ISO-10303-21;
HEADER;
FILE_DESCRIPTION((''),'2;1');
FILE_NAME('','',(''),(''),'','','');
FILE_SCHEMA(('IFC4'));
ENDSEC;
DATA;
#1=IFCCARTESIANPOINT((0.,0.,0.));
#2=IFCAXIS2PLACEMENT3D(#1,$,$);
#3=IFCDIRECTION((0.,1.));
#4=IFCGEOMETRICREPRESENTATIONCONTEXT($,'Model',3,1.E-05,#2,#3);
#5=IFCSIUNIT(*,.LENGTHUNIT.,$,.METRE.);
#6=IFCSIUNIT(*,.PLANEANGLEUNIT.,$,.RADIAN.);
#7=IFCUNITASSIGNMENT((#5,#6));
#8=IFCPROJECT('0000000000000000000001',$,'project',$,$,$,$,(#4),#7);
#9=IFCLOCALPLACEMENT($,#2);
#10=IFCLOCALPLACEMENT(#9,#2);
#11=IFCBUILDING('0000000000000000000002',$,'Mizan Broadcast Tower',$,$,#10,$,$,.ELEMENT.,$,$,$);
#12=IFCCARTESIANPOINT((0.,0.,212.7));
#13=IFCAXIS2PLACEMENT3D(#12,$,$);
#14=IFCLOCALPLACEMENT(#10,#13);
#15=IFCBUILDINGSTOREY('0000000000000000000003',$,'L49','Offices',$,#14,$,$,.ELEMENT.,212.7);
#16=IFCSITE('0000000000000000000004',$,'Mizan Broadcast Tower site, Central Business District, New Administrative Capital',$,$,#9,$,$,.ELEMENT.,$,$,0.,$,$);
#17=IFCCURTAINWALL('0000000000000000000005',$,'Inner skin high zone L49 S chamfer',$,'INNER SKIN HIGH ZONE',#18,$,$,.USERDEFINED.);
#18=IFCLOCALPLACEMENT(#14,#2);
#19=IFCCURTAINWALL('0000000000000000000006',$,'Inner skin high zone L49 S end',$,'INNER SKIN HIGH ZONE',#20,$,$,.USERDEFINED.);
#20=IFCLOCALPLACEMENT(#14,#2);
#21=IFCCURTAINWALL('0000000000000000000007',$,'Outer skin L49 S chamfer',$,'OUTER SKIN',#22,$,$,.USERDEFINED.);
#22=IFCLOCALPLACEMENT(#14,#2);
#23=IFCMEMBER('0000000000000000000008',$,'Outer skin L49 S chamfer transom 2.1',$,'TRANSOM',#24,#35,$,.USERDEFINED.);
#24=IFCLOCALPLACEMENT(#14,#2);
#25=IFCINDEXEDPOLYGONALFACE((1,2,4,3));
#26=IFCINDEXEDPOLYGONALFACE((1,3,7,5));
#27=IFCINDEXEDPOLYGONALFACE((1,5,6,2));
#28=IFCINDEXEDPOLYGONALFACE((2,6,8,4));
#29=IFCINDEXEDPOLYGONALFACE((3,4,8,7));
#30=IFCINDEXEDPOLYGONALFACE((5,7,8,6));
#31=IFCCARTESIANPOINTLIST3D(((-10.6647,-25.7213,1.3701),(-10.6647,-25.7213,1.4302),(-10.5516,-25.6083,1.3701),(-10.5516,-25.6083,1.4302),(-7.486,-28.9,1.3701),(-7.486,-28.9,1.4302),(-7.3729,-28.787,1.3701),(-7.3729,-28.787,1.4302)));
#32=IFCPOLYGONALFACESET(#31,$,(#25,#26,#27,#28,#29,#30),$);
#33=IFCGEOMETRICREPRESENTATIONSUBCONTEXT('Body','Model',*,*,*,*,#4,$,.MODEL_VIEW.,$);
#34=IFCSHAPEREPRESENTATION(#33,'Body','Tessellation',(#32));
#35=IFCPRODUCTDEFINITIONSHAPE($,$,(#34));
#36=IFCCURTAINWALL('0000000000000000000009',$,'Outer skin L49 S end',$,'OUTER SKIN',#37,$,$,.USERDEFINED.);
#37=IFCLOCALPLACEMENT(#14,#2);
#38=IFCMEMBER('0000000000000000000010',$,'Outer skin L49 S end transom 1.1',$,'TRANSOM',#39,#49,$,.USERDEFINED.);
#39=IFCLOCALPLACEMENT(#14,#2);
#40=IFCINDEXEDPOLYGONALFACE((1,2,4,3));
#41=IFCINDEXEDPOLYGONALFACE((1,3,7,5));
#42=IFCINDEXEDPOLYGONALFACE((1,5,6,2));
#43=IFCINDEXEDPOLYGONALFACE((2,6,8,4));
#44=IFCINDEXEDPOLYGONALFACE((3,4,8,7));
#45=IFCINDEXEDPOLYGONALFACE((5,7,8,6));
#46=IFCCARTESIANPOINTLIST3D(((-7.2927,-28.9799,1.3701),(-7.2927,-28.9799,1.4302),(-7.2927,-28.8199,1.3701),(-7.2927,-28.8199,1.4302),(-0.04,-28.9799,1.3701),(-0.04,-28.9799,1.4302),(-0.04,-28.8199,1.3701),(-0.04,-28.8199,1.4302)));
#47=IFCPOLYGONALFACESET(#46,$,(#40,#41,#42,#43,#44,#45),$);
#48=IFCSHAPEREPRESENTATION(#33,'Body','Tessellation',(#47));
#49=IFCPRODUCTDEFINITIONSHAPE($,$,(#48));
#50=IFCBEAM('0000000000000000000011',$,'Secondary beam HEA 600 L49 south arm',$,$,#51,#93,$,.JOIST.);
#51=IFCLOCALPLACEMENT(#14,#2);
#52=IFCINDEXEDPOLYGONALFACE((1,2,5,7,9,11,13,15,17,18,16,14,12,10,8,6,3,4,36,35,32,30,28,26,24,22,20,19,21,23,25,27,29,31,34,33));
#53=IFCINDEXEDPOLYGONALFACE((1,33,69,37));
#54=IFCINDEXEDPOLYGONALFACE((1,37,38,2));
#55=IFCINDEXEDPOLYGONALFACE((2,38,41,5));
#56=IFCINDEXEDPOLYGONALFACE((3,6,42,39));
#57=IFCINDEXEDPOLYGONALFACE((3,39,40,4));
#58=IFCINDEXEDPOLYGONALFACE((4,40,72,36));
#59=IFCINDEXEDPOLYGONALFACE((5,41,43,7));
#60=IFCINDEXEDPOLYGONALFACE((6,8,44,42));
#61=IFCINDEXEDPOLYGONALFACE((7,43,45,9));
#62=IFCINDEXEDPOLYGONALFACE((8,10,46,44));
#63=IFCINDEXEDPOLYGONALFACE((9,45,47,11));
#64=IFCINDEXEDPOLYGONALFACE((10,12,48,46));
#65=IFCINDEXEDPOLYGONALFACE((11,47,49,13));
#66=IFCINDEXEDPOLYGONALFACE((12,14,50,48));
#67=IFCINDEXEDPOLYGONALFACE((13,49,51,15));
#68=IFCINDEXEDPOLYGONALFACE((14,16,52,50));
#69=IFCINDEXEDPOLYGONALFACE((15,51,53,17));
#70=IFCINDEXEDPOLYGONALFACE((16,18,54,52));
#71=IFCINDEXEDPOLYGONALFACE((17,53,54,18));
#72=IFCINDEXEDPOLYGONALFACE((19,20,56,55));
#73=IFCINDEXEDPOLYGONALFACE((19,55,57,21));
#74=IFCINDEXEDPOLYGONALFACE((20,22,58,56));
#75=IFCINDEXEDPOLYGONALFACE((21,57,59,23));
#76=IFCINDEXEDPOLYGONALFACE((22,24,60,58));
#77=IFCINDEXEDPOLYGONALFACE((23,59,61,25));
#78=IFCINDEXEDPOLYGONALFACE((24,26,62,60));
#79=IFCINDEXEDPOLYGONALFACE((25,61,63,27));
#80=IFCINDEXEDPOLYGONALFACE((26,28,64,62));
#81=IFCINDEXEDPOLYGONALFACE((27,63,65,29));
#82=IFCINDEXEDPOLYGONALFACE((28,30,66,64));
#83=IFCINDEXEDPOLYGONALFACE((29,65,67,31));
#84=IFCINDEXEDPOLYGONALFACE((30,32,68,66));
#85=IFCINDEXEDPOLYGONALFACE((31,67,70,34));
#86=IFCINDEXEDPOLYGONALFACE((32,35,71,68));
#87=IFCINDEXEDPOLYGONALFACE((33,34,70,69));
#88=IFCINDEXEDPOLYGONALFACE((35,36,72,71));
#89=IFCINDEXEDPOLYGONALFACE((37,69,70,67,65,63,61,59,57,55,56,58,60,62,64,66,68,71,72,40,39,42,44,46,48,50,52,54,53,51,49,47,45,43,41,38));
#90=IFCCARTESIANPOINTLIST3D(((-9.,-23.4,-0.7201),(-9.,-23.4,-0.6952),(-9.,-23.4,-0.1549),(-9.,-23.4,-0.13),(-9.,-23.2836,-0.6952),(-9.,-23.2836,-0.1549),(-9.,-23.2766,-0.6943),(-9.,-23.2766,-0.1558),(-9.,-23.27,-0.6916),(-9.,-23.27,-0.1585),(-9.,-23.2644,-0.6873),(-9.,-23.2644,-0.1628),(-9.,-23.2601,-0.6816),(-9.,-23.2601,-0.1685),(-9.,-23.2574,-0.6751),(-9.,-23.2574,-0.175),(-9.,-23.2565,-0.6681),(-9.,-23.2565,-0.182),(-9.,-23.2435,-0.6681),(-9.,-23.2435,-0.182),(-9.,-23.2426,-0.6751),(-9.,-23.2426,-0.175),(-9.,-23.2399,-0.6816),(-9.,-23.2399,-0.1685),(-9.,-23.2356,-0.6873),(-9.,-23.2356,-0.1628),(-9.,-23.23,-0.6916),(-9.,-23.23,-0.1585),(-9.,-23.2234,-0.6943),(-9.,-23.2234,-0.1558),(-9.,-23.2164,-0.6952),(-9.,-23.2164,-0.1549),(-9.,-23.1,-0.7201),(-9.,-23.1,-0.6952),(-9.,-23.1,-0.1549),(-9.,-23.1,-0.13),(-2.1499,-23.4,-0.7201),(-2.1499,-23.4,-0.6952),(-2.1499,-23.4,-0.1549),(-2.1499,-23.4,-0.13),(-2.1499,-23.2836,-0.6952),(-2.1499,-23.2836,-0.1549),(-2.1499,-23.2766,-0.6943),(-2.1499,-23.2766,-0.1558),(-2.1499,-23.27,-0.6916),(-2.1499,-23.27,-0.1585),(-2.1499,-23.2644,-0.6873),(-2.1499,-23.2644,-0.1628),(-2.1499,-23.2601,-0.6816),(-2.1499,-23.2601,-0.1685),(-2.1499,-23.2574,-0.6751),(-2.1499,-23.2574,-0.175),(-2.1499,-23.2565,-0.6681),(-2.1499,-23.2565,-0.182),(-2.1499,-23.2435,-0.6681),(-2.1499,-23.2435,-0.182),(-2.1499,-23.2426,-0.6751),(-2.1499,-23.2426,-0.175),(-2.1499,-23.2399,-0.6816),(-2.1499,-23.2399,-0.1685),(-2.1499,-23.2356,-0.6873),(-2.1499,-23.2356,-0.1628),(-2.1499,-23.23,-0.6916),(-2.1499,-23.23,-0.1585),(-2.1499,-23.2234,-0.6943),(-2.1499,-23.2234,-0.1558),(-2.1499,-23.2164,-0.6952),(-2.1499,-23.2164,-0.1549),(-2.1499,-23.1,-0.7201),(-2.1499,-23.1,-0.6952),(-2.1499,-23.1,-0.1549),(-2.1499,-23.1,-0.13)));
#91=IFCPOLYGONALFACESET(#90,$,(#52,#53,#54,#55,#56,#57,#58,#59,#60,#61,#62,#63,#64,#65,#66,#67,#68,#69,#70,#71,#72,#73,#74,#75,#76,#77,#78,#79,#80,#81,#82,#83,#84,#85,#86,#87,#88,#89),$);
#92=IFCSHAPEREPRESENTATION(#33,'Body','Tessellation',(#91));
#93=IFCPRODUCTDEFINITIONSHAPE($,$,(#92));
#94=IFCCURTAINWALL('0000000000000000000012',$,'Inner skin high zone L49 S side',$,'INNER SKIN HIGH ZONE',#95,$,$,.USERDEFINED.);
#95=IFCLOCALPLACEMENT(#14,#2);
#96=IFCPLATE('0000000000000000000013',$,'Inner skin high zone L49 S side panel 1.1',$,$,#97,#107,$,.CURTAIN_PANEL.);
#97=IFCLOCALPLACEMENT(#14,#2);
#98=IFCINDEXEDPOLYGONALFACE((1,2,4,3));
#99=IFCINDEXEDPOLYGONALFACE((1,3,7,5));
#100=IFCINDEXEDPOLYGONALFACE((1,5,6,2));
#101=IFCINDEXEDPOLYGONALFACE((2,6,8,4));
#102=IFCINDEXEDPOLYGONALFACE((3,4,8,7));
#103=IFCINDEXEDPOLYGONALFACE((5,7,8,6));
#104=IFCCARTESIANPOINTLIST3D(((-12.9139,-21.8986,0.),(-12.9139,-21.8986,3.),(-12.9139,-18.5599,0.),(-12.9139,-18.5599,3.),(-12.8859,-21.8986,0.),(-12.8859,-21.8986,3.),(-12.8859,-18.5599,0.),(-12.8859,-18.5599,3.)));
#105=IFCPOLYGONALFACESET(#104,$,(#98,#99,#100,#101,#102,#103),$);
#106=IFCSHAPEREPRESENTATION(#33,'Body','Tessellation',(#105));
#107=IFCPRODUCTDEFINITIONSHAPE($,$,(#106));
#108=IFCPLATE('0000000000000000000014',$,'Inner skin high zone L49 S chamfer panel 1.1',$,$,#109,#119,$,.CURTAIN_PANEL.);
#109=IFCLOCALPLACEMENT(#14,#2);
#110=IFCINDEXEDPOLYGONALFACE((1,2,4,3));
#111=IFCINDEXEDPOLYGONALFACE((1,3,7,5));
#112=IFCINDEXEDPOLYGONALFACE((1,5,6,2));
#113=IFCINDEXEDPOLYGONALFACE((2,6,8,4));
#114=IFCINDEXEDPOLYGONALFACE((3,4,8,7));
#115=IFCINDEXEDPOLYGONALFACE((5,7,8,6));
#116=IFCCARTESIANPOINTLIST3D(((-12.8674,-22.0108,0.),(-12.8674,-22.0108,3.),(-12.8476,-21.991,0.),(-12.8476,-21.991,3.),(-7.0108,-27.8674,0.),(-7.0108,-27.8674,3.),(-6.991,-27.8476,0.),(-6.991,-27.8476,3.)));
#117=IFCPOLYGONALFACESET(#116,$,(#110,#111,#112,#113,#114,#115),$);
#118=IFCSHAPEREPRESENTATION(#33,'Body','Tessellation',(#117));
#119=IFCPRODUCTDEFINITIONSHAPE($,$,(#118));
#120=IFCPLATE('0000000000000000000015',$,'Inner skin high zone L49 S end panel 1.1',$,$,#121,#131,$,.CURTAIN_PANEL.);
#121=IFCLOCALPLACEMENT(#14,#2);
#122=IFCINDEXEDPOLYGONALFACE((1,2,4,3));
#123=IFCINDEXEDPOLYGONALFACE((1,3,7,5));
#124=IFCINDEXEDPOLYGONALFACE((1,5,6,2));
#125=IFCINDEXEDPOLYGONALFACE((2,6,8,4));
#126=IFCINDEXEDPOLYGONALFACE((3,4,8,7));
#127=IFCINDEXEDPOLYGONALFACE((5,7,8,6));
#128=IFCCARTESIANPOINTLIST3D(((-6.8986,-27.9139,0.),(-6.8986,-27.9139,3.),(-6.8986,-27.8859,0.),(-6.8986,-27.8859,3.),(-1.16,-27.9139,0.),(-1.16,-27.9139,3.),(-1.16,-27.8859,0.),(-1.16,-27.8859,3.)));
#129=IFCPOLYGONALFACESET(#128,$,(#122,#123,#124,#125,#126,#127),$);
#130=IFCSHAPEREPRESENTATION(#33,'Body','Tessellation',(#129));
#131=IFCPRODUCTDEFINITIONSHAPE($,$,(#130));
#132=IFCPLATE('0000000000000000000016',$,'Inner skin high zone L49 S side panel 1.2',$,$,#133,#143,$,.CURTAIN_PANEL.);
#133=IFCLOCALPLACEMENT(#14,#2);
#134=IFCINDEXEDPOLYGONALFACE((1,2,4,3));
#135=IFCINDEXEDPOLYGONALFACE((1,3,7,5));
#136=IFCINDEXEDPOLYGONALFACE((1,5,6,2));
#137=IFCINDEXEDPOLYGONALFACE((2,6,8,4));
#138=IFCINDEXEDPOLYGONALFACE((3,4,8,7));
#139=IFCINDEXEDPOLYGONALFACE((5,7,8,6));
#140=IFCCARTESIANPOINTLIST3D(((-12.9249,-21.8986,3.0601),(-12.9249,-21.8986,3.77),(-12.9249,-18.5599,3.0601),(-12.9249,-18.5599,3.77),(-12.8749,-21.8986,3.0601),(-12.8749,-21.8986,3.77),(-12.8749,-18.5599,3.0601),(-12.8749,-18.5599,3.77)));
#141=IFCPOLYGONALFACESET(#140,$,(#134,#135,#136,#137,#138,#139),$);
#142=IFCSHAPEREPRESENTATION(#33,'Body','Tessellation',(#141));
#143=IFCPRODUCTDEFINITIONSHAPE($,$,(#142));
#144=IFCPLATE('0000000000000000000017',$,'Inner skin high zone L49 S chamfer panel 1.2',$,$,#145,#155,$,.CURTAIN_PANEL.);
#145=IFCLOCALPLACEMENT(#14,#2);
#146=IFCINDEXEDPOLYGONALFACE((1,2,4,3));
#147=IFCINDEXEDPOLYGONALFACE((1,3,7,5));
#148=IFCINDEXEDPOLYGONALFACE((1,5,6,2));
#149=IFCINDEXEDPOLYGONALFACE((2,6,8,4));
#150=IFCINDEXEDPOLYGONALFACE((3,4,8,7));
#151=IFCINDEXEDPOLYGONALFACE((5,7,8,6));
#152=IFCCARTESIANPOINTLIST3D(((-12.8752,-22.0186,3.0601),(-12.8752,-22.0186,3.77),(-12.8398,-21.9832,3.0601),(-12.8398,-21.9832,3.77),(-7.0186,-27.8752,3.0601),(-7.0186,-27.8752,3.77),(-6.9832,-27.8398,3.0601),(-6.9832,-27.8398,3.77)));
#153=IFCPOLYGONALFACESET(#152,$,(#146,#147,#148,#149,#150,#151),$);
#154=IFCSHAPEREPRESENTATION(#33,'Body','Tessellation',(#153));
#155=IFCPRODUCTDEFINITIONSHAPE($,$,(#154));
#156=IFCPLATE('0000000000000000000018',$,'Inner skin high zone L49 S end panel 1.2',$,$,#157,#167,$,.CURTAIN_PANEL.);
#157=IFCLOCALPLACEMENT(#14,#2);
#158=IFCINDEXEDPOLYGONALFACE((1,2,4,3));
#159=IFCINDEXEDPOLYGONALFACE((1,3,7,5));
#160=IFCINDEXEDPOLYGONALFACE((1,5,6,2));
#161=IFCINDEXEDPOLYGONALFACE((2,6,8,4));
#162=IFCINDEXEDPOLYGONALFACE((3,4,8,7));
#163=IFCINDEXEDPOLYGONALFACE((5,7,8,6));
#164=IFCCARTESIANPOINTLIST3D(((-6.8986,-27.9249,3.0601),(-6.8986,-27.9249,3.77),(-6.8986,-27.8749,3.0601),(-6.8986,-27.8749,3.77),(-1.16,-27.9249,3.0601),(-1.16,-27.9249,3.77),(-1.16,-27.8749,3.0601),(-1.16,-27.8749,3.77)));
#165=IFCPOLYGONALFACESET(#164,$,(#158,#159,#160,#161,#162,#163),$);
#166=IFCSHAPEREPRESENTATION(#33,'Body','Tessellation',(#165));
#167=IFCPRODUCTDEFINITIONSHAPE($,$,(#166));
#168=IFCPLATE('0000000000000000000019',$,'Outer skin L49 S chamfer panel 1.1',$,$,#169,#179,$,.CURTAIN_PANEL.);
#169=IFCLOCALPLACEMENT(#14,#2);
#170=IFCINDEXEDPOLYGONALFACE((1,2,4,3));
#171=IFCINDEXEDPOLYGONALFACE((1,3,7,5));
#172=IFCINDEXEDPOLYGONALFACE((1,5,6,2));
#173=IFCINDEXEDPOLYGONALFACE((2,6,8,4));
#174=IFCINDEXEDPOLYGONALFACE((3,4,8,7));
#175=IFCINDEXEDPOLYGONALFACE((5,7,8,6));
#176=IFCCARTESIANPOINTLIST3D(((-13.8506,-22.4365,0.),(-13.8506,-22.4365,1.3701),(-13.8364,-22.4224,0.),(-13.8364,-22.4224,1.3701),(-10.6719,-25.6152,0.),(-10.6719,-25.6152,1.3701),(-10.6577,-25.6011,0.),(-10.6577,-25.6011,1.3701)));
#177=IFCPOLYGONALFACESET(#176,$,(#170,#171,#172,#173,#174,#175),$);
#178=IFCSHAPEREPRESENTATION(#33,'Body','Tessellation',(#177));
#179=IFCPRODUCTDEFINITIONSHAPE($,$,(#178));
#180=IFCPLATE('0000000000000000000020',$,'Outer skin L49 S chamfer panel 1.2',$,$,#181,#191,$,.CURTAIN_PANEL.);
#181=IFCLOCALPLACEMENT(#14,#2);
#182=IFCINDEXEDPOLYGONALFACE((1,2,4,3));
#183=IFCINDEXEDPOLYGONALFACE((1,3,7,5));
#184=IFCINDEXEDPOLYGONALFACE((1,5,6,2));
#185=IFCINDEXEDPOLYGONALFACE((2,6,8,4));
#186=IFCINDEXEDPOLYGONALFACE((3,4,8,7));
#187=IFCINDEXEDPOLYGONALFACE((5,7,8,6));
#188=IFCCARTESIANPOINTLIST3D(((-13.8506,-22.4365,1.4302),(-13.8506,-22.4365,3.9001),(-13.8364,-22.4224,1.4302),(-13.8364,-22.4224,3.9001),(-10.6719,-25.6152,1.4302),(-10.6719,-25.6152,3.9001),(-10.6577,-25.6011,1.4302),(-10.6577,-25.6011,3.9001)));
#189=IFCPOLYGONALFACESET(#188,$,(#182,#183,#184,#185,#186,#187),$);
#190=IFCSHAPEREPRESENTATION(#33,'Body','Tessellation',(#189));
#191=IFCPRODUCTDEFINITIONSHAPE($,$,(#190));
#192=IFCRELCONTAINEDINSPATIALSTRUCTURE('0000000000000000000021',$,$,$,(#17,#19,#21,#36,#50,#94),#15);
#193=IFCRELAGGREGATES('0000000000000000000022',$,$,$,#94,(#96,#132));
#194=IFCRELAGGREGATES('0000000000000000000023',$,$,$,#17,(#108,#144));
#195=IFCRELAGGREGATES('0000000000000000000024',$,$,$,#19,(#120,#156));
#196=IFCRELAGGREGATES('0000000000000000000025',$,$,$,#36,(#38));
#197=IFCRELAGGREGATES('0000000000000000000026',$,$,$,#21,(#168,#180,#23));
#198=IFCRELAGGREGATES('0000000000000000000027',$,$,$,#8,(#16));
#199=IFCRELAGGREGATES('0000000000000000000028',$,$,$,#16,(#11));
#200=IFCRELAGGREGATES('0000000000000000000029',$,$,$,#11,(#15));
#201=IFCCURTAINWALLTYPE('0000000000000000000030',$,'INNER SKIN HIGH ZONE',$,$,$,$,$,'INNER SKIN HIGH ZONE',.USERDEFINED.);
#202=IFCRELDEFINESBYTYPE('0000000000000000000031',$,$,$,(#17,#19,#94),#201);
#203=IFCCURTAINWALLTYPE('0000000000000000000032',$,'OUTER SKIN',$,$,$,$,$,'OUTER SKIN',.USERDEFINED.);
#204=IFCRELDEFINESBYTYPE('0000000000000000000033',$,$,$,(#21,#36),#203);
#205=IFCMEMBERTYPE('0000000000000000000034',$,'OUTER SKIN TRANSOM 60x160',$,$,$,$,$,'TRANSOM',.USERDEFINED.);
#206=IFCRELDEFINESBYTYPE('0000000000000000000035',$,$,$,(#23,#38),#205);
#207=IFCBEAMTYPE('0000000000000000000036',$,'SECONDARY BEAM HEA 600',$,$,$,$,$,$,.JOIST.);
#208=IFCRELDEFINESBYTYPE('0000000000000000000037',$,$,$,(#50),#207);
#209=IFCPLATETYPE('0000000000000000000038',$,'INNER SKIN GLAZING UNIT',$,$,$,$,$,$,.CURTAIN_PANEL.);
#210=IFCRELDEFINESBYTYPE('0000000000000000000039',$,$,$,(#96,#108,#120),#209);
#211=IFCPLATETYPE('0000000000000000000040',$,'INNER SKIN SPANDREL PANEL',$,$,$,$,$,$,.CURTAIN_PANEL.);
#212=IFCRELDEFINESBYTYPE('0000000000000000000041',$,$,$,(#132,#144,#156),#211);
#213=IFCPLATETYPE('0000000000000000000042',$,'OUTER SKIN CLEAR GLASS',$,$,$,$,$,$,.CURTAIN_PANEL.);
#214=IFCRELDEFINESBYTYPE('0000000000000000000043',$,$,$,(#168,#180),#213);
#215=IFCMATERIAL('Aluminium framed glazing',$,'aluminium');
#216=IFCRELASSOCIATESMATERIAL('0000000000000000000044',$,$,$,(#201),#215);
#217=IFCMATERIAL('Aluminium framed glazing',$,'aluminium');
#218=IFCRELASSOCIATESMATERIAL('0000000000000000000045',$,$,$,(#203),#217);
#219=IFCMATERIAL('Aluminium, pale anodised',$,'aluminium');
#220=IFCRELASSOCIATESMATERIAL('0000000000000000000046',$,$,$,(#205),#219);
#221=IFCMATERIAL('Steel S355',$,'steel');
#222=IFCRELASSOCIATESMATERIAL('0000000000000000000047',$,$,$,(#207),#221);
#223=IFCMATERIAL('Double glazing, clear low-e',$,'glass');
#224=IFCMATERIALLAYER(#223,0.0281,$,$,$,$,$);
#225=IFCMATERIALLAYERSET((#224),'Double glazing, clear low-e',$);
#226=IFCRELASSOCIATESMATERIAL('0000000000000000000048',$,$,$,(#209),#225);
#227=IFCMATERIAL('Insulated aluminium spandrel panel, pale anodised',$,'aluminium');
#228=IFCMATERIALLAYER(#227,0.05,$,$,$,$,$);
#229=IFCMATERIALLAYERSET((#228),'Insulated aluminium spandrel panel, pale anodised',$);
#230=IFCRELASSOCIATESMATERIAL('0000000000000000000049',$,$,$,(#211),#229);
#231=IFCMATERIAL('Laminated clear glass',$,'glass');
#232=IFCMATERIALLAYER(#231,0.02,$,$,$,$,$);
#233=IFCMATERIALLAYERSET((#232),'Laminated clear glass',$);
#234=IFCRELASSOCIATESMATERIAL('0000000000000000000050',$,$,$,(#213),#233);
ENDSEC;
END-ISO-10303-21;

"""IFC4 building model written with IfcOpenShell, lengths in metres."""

from ifc_helpers import new_model, si_unit, direction, frame, origin, origin_2d, place, context, subcontext, project, spatial, rectangle, i_section, extrude, material, layer, layer_set, material_profile, profile_set, type_object, element, aggregate, save


model = new_model("IFC4")

# Units and contexts
model_context = context("Model", 3, precision=1e-05, world=origin(), true_north=direction((0.0, 1.0)))
body_context = subcontext(model_context, "Body", "Model", "MODEL_VIEW")
ifc_project = project(units=[si_unit("LENGTHUNIT", "METRE"), si_unit("PLANEANGLEUNIT", "RADIAN")], contexts=[model_context])

# Site, building, storey
site_placement = place(None, origin())
site = spatial("IfcSite", under=ifc_project, at=site_placement, Name="Mizan Broadcast Tower site, Central Business District, New Administrative Capital", CompositionType="ELEMENT", RefElevation=0.0)
building_placement = place(site_placement, origin())
building = spatial("IfcBuilding", under=site, at=building_placement, Name="Mizan Broadcast Tower", CompositionType="ELEMENT")
storey_placement = place(building_placement, frame((0.0, 0.0, 212.7)))
storey = spatial("IfcBuildingStorey", under=building, at=storey_placement, Name="L49", Description="Offices", CompositionType="ELEMENT", Elevation=212.7)

# Curtain walls
ifc_material_1 = material(Name="Aluminium framed glazing", Category="aluminium")
curtain_wall_type_1 = type_object("IfcCurtainWallType", Name="INNER SKIN HIGH ZONE", ElementType="INNER SKIN HIGH ZONE", PredefinedType="USERDEFINED", material=ifc_material_1)
curtain_wall_1_placement = place(storey_placement, origin())
curtain_wall_1 = element("IfcCurtainWall", 1, at=curtain_wall_1_placement, inside=storey, type_object=curtain_wall_type_1, Name="Inner skin high zone L49 S chamfer", ObjectType="INNER SKIN HIGH ZONE", PredefinedType="USERDEFINED")
curtain_wall_2_placement = place(storey_placement, origin())
curtain_wall_2 = element("IfcCurtainWall", 2, at=curtain_wall_2_placement, inside=storey, type_object=curtain_wall_type_1, Name="Inner skin high zone L49 S end", ObjectType="INNER SKIN HIGH ZONE", PredefinedType="USERDEFINED")

# Curtain wall, member
ifc_material_2 = material(Name="Aluminium framed glazing", Category="aluminium")
curtain_wall_type_2 = type_object("IfcCurtainWallType", Name="OUTER SKIN", ElementType="OUTER SKIN", PredefinedType="USERDEFINED", material=ifc_material_2)
curtain_wall_3_placement = place(storey_placement, origin())
curtain_wall_3 = element("IfcCurtainWall", 3, at=curtain_wall_3_placement, inside=storey, type_object=curtain_wall_type_2, Name="Outer skin L49 S chamfer", ObjectType="OUTER SKIN", PredefinedType="USERDEFINED")
ifc_material_3 = material(Name="Aluminium, pale anodised", Category="aluminium")
ifc_material_profile_1 = material_profile(ifc_material_3, rectangle(XDim=0.1599, YDim=0.0601, at=origin_2d()), Name="TRANSOM 160x60")
ifc_profile_set_1 = profile_set([ifc_material_profile_1], Name="Aluminium, pale anodised")
member_type_1 = type_object("IfcMemberType", Name="OUTER SKIN TRANSOM 60x160", ElementType="TRANSOM", PredefinedType="USERDEFINED", material=ifc_profile_set_1)
member_1_placement = place(storey_placement, frame((-10.6082, -25.6648, 1.4001), z_axis=(0.707107, -0.707107, 0.0), x_axis=(0.707107, 0.707107, 0.0)))
member_1 = element("IfcMember", 4, at=member_1_placement, type_object=member_type_1, Name="Outer skin L49 S chamfer transom 2.1", ObjectType="TRANSOM", PredefinedType="USERDEFINED", context=body_context, shape_type="SweptSolid", body=[
    extrude(rectangle(XDim=0.1599, YDim=0.0601, at=origin_2d()), origin(), (0.0, 0.0, 1.0), 4.4954),
])

# Curtain wall, member
curtain_wall_4_placement = place(storey_placement, origin())
curtain_wall_4 = element("IfcCurtainWall", 5, at=curtain_wall_4_placement, inside=storey, type_object=curtain_wall_type_2, Name="Outer skin L49 S end", ObjectType="OUTER SKIN", PredefinedType="USERDEFINED")
member_2_placement = place(storey_placement, frame((-7.2927, -28.8999, 1.4001), z_axis=(1.0, 0.0, 0.0), x_axis=(0.0, 1.0, 0.0)))
member_2 = element("IfcMember", 6, at=member_2_placement, type_object=member_type_1, Name="Outer skin L49 S end transom 1.1", ObjectType="TRANSOM", PredefinedType="USERDEFINED", context=body_context, shape_type="SweptSolid", body=[
    extrude(rectangle(XDim=0.1599, YDim=0.0601, at=origin_2d()), origin(), (0.0, 0.0, 1.0), 7.2527),
])

# Beam
ifc_material_4 = material(Name="Steel S355", Category="steel")
ifc_material_profile_2 = material_profile(ifc_material_4, i_section(OverallWidth=0.3, OverallDepth=0.5901, WebThickness=0.0129, FlangeThickness=0.0249, FilletRadius=0.0271, at=origin_2d()), Name="HEA 600")
ifc_profile_set_2 = profile_set([ifc_material_profile_2], Name="Steel S355")
beam_type_1 = type_object("IfcBeamType", Name="SECONDARY BEAM HEA 600", PredefinedType="JOIST", material=ifc_profile_set_2)
beam_1_placement = place(storey_placement, frame((-9.0, -23.25, -0.425), z_axis=(1.0, 0.0, 0.0), x_axis=(0.0, 1.0, 0.0)))
element("IfcBeam", 7, at=beam_1_placement, inside=storey, type_object=beam_type_1, Name="Secondary beam HEA 600 L49 south arm", PredefinedType="JOIST", context=body_context, shape_type="SweptSolid", body=[
    extrude(i_section(OverallWidth=0.3, OverallDepth=0.5901, WebThickness=0.0129, FlangeThickness=0.0249, FilletRadius=0.0271, at=origin_2d()), origin(), (0.0, 0.0, 1.0), 6.8501),
])

# Curtain wall, plate
curtain_wall_5_placement = place(storey_placement, origin())
curtain_wall_5 = element("IfcCurtainWall", 8, at=curtain_wall_5_placement, inside=storey, type_object=curtain_wall_type_1, Name="Inner skin high zone L49 S side", ObjectType="INNER SKIN HIGH ZONE", PredefinedType="USERDEFINED")
ifc_material_5 = material(Name="Double glazing, clear low-e", Category="glass")
ifc_layer_1 = layer(ifc_material_5, 0.0281)
ifc_layer_set_1 = layer_set([ifc_layer_1], Name="Double glazing, clear low-e")
plate_type_1 = type_object("IfcPlateType", Name="INNER SKIN GLAZING UNIT", PredefinedType="CURTAIN_PANEL", material=ifc_layer_set_1)
plate_1_placement = place(storey_placement, frame((-12.8999, -20.2292, 0.0), z_axis=(0.0, 0.0, 1.0), x_axis=(0.0, -1.0, 0.0)))
plate_1 = element("IfcPlate", 9, at=plate_1_placement, type_object=plate_type_1, Name="Inner skin high zone L49 S side panel 1.1", PredefinedType="CURTAIN_PANEL", context=body_context, shape_type="SweptSolid", body=[
    extrude(rectangle(XDim=3.3386, YDim=0.0281, at=origin_2d()), origin(), (0.0, 0.0, 1.0), 3.0),
])

# Plates
plate_2_placement = place(storey_placement, frame((-9.9292, -24.9292, 0.0), z_axis=(0.0, 0.0, 1.0), x_axis=(0.707107, -0.707107, 0.0)))
plate_2 = element("IfcPlate", 10, at=plate_2_placement, type_object=plate_type_1, Name="Inner skin high zone L49 S chamfer panel 1.1", PredefinedType="CURTAIN_PANEL", context=body_context, shape_type="SweptSolid", body=[
    extrude(rectangle(XDim=8.2825, YDim=0.0281, at=origin_2d()), origin(), (0.0, 0.0, 1.0), 3.0),
])
plate_3_placement = place(storey_placement, frame((-4.0293, -27.8999, 0.0), z_axis=(0.0, 0.0, 1.0), x_axis=(1.0, 0.0, 0.0)))
plate_3 = element("IfcPlate", 11, at=plate_3_placement, type_object=plate_type_1, Name="Inner skin high zone L49 S end panel 1.1", PredefinedType="CURTAIN_PANEL", context=body_context, shape_type="SweptSolid", body=[
    extrude(rectangle(XDim=5.7385, YDim=0.0281, at=origin_2d()), origin(), (0.0, 0.0, 1.0), 3.0),
])
ifc_material_6 = material(Name="Insulated aluminium spandrel panel, pale anodised", Category="aluminium")
ifc_layer_2 = layer(ifc_material_6, 0.05)
ifc_layer_set_2 = layer_set([ifc_layer_2], Name="Insulated aluminium spandrel panel, pale anodised")
plate_type_2 = type_object("IfcPlateType", Name="INNER SKIN SPANDREL PANEL", PredefinedType="CURTAIN_PANEL", material=ifc_layer_set_2)
plate_4_placement = place(storey_placement, frame((-12.8999, -20.2292, 3.0601), z_axis=(0.0, 0.0, 1.0), x_axis=(0.0, -1.0, 0.0)))
plate_4 = element("IfcPlate", 12, at=plate_4_placement, type_object=plate_type_2, Name="Inner skin high zone L49 S side panel 1.2", PredefinedType="CURTAIN_PANEL", context=body_context, shape_type="SweptSolid", body=[
    extrude(rectangle(XDim=3.3386, YDim=0.05, at=origin_2d()), origin(), (0.0, 0.0, 1.0), 0.71),
])
aggregate(curtain_wall_5, [plate_1, plate_4])
plate_5_placement = place(storey_placement, frame((-9.9292, -24.9292, 3.0601), z_axis=(0.0, 0.0, 1.0), x_axis=(0.707107, -0.707107, 0.0)))
plate_5 = element("IfcPlate", 13, at=plate_5_placement, type_object=plate_type_2, Name="Inner skin high zone L49 S chamfer panel 1.2", PredefinedType="CURTAIN_PANEL", context=body_context, shape_type="SweptSolid", body=[
    extrude(rectangle(XDim=8.2825, YDim=0.05, at=origin_2d()), origin(), (0.0, 0.0, 1.0), 0.71),
])
aggregate(curtain_wall_1, [plate_2, plate_5])
plate_6_placement = place(storey_placement, frame((-4.0293, -27.8999, 3.0601), z_axis=(0.0, 0.0, 1.0), x_axis=(1.0, 0.0, 0.0)))
plate_6 = element("IfcPlate", 14, at=plate_6_placement, type_object=plate_type_2, Name="Inner skin high zone L49 S end panel 1.2", PredefinedType="CURTAIN_PANEL", context=body_context, shape_type="SweptSolid", body=[
    extrude(rectangle(XDim=5.7385, YDim=0.05, at=origin_2d()), origin(), (0.0, 0.0, 1.0), 0.71),
])
aggregate(curtain_wall_2, [plate_3, plate_6])
ifc_material_7 = material(Name="Laminated clear glass", Category="glass")
ifc_layer_3 = layer(ifc_material_7, 0.02)
ifc_layer_set_3 = layer_set([ifc_layer_3], Name="Laminated clear glass")
plate_type_3 = type_object("IfcPlateType", Name="OUTER SKIN CLEAR GLASS", PredefinedType="CURTAIN_PANEL", material=ifc_layer_set_3)
plate_7_placement = place(storey_placement, frame((-12.2542, -24.0188, 0.0), z_axis=(0.0, 0.0, 1.0), x_axis=(0.707107, -0.707107, 0.0)))
plate_7 = element("IfcPlate", 15, at=plate_7_placement, type_object=plate_type_3, Name="Outer skin L49 S chamfer panel 1.1", PredefinedType="CURTAIN_PANEL", context=body_context, shape_type="SweptSolid", body=[
    extrude(rectangle(XDim=4.4954, YDim=0.02, at=origin_2d()), origin(), (0.0, 0.0, 1.0), 1.3701),
])
plate_8_placement = place(storey_placement, frame((-12.2542, -24.0188, 1.4302), z_axis=(0.0, 0.0, 1.0), x_axis=(0.707107, -0.707107, 0.0)))
plate_8 = element("IfcPlate", 16, at=plate_8_placement, type_object=plate_type_3, Name="Outer skin L49 S chamfer panel 1.2", PredefinedType="CURTAIN_PANEL", context=body_context, shape_type="SweptSolid", body=[
    extrude(rectangle(XDim=4.4954, YDim=0.02, at=origin_2d()), origin(), (0.0, 0.0, 1.0), 2.47),
])
aggregate(curtain_wall_4, [member_2])
aggregate(curtain_wall_3, [plate_7, plate_8, member_1])

save(model, "model.ifc")
